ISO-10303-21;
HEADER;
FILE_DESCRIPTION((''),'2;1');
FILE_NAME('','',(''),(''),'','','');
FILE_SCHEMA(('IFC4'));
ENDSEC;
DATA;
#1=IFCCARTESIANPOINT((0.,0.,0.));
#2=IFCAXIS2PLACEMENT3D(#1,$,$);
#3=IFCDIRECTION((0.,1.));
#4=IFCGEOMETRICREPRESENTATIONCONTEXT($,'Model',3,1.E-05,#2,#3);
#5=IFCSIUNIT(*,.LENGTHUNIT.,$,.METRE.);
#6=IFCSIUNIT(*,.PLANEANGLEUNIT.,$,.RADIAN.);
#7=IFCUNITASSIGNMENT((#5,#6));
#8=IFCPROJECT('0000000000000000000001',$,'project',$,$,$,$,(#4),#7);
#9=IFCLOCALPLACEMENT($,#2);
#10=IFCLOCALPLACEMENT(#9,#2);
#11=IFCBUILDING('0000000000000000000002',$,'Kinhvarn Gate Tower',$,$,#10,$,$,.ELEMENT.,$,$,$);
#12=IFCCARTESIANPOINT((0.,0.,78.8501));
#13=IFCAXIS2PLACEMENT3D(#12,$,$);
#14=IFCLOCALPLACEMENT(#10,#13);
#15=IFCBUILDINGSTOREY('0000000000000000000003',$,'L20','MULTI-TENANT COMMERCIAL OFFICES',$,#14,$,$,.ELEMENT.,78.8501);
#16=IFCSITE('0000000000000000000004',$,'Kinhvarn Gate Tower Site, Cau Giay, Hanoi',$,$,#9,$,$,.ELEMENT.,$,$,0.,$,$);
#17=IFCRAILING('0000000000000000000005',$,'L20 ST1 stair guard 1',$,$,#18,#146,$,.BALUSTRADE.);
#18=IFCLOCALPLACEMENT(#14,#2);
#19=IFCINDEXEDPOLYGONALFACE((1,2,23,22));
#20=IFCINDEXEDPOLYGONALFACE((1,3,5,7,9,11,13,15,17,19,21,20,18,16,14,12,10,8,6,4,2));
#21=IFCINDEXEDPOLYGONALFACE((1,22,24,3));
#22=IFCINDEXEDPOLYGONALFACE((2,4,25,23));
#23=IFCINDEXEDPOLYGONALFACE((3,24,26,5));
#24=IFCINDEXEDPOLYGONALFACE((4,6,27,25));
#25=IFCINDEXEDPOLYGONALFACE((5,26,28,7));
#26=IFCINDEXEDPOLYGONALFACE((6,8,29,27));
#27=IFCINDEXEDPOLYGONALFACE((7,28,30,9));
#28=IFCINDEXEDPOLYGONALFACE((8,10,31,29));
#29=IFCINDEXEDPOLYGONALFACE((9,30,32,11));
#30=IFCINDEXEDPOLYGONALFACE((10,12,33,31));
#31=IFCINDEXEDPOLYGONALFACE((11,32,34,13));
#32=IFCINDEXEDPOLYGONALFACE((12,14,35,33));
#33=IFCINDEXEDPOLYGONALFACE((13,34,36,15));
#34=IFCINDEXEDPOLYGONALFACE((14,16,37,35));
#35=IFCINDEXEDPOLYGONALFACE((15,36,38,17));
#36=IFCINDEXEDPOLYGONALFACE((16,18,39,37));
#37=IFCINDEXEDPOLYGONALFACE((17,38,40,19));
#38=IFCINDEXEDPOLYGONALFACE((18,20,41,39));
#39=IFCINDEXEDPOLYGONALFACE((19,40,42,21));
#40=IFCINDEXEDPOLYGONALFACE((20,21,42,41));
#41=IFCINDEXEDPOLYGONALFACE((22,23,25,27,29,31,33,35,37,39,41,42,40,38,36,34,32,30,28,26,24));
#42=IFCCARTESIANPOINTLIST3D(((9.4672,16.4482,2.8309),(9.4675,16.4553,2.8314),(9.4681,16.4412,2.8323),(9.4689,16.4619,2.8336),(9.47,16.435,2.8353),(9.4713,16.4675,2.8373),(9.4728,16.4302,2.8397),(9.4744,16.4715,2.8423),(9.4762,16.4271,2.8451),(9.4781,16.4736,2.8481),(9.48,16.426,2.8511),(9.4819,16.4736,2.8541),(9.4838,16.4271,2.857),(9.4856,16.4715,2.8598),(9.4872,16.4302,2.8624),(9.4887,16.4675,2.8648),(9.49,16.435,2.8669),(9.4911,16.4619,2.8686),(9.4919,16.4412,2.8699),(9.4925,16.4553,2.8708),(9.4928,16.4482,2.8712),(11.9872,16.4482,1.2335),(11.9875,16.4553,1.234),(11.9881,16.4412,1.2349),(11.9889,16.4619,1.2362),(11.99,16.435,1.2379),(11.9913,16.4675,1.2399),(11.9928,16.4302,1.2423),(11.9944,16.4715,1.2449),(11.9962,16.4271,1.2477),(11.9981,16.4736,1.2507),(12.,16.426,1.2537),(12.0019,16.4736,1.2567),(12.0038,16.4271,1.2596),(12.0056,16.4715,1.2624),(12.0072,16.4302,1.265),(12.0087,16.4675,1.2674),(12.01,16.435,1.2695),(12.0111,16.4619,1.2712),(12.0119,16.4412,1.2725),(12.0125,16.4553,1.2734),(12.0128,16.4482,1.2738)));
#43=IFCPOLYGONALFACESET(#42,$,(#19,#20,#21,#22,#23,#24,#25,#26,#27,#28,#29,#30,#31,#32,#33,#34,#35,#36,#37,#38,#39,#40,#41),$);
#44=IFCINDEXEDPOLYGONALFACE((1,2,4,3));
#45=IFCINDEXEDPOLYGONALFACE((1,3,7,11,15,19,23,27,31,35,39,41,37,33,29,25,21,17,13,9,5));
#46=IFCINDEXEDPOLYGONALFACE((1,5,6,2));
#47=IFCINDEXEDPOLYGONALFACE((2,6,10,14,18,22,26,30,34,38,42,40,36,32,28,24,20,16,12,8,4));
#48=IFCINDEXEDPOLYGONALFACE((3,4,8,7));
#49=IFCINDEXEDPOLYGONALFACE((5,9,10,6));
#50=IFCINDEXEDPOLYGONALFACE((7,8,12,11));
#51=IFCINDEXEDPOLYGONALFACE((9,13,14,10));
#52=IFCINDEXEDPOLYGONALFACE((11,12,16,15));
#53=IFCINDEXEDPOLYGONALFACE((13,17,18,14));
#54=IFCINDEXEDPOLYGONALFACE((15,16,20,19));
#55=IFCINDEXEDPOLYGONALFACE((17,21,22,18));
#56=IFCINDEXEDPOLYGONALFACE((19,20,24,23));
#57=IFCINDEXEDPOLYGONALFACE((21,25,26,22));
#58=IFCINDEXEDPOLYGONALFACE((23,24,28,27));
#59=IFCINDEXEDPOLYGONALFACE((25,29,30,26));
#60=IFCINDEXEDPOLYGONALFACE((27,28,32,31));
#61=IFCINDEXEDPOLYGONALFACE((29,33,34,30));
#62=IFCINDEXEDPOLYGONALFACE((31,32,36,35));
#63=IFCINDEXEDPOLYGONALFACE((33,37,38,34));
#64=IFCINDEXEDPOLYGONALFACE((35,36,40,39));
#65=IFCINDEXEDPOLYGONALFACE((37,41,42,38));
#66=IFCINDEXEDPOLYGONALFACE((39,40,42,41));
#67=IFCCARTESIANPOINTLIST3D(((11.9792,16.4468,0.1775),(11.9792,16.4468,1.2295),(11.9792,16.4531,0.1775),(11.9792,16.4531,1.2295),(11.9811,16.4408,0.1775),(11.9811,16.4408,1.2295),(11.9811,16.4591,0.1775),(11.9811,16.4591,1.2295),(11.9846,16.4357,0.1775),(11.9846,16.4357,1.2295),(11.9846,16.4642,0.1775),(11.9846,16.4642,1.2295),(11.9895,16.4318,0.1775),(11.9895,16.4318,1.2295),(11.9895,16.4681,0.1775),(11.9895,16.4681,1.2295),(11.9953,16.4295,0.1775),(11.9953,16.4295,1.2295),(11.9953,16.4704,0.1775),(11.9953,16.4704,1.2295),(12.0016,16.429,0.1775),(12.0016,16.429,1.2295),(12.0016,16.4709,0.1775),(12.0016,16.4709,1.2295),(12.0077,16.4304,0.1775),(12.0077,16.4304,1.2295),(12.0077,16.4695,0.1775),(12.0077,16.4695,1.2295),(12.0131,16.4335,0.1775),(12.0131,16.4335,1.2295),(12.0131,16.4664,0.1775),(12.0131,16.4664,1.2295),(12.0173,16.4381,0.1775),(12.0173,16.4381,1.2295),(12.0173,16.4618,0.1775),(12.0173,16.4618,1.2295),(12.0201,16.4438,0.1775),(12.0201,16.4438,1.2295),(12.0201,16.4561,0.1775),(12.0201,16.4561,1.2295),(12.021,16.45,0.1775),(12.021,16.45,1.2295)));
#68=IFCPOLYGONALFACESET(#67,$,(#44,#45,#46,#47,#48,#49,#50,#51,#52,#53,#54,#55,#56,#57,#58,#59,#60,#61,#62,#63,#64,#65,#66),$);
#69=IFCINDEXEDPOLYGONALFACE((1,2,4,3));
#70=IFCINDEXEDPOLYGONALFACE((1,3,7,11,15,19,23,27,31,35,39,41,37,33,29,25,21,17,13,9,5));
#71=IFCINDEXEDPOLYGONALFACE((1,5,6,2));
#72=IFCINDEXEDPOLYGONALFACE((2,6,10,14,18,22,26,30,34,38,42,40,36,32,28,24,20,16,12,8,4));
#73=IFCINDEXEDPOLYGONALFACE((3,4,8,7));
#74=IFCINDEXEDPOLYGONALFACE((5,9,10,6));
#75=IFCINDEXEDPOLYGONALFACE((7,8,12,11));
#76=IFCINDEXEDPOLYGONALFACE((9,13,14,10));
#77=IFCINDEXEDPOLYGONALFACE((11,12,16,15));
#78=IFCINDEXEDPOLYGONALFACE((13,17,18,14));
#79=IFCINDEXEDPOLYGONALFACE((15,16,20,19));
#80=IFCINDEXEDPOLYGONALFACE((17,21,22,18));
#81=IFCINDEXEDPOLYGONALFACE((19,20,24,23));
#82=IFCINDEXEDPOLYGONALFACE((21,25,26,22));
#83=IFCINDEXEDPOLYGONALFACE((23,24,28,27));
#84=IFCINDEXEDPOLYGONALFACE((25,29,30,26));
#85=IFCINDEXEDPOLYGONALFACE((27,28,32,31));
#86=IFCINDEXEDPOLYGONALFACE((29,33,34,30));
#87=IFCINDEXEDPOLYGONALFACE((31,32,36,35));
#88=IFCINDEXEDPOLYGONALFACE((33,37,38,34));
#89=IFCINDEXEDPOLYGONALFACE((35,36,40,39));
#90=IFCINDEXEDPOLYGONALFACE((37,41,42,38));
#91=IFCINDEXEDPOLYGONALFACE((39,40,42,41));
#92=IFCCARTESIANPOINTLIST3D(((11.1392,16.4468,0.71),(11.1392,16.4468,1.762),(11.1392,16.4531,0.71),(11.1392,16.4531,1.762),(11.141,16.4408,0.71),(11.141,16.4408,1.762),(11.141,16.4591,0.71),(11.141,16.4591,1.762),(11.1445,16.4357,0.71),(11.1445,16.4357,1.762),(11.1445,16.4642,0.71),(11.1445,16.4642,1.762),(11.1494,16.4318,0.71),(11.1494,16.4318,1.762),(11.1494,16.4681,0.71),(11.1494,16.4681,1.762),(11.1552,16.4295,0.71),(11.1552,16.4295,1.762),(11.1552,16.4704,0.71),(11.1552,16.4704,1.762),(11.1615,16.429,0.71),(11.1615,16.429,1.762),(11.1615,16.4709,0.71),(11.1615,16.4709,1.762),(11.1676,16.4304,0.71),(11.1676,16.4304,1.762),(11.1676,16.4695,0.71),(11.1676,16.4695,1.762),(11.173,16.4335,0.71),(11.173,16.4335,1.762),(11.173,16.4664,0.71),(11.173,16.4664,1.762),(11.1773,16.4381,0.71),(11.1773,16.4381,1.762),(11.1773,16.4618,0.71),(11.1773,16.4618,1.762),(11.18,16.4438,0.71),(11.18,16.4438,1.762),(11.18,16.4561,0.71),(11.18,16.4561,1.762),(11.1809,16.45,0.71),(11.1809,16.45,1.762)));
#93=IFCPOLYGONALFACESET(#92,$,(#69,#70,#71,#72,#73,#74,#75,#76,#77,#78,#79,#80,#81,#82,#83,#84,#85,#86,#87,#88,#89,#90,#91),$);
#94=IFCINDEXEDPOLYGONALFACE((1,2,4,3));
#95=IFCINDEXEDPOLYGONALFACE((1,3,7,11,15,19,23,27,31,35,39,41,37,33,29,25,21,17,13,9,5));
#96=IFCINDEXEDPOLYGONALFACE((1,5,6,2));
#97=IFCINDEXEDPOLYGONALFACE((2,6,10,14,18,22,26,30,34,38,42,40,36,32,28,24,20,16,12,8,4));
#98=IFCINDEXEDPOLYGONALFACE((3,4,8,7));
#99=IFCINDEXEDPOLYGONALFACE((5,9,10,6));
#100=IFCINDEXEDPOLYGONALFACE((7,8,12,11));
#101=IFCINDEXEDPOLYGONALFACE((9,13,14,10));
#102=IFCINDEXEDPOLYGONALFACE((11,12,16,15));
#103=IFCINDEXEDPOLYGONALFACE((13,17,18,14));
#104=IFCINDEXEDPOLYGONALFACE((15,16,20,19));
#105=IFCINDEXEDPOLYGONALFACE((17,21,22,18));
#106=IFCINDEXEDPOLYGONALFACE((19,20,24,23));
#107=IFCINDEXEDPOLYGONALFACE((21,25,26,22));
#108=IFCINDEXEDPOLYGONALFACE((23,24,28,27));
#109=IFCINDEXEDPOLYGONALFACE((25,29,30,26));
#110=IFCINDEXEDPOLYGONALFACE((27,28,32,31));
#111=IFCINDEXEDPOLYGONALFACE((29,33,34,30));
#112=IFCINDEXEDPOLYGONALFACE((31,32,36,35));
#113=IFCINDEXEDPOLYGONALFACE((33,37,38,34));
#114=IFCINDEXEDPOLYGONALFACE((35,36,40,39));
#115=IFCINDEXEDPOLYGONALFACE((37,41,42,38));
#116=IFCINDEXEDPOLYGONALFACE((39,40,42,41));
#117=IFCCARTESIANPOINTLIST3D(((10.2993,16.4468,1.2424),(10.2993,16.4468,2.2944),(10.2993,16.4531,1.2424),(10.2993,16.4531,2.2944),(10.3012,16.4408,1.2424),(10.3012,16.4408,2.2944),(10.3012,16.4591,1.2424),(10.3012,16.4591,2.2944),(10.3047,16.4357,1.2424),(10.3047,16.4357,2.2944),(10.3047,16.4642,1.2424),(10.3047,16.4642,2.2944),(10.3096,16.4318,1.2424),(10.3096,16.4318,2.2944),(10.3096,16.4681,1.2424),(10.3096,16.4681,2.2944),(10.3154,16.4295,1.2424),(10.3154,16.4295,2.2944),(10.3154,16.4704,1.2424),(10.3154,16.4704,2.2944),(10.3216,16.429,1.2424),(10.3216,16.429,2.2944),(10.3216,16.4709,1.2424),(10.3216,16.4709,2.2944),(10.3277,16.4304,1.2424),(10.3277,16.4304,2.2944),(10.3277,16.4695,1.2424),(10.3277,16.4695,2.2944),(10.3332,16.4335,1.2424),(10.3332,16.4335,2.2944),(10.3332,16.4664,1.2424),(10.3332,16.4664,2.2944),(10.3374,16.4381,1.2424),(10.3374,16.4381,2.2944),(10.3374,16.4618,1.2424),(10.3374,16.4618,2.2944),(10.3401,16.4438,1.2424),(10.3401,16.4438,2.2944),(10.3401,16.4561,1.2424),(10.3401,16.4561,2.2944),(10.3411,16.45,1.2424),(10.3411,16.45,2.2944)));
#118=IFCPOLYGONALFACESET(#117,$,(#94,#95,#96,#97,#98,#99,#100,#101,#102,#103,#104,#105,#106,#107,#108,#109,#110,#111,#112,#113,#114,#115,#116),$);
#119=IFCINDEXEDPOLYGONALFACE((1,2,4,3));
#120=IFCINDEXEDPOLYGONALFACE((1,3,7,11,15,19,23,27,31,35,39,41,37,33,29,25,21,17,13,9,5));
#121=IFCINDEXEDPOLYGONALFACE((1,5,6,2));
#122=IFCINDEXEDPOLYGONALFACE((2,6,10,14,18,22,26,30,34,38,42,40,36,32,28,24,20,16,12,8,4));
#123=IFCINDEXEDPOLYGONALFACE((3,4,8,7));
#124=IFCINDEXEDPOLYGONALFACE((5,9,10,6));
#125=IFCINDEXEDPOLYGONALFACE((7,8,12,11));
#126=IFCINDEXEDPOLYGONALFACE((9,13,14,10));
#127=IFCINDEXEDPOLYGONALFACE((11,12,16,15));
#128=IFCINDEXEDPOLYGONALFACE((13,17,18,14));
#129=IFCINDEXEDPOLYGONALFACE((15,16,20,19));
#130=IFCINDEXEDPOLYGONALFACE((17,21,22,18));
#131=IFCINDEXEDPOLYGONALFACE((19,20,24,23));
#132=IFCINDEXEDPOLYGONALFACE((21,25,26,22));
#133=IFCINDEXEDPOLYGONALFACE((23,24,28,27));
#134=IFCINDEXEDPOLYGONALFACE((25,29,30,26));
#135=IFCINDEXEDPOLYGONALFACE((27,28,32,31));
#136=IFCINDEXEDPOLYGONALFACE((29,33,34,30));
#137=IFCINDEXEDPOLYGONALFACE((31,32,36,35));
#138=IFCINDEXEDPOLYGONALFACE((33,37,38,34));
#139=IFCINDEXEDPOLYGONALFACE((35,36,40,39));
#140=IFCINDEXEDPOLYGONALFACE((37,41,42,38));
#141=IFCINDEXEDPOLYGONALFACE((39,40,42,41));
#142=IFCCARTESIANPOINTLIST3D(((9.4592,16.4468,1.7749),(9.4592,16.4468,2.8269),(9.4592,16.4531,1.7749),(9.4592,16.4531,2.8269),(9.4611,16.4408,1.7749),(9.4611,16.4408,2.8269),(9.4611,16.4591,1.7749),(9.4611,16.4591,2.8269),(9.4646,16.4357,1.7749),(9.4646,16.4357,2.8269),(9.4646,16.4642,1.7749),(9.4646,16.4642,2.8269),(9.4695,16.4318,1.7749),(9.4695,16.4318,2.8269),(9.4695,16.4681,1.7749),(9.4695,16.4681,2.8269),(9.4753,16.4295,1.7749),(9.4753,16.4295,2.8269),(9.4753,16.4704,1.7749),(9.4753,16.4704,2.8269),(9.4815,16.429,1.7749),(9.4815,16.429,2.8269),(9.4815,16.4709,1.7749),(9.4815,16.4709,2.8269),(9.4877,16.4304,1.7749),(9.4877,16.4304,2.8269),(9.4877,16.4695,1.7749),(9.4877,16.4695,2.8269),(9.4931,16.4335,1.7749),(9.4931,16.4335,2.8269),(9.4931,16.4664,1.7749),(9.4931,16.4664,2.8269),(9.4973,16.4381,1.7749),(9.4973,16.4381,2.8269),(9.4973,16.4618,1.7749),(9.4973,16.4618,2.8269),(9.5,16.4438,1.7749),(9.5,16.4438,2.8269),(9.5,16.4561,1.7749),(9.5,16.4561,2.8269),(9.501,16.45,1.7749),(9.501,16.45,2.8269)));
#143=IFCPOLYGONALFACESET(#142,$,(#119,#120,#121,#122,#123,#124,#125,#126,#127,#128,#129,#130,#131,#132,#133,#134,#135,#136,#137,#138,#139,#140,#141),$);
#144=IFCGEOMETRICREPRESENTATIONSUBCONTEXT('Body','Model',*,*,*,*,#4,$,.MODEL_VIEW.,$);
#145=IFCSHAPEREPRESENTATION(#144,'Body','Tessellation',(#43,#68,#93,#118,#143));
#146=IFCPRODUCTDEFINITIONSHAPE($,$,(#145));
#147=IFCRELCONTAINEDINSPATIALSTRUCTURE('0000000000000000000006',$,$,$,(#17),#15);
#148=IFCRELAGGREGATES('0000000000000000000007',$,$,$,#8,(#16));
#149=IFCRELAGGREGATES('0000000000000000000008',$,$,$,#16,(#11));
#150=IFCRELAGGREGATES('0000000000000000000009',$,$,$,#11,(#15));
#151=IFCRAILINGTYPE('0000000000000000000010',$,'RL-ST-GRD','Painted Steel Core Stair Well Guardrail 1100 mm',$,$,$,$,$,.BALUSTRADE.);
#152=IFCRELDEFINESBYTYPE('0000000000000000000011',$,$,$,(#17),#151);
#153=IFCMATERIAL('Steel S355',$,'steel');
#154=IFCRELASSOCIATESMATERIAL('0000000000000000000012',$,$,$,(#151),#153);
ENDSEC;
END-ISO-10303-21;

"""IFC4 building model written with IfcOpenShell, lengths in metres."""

from ifc_helpers import new_model, si_unit, direction, frame, origin, origin_2d, place, context, subcontext, project, spatial, circle, extrude, material, type_object, element, save


model = new_model("IFC4")

# Units and contexts
model_context = context("Model", 3, precision=1e-05, world=origin(), true_north=direction((0.0, 1.0)))
body_context = subcontext(model_context, "Body", "Model", "MODEL_VIEW")
ifc_project = project(units=[si_unit("LENGTHUNIT", "METRE"), si_unit("PLANEANGLEUNIT", "RADIAN")], contexts=[model_context])

# Site, building, storey
site_placement = place(None, origin())
site = spatial("IfcSite", under=ifc_project, at=site_placement, Name="Kinhvarn Gate Tower Site, Cau Giay, Hanoi", CompositionType="ELEMENT", RefElevation=0.0)
building_placement = place(site_placement, origin())
building = spatial("IfcBuilding", under=site, at=building_placement, Name="Kinhvarn Gate Tower", CompositionType="ELEMENT")
storey_placement = place(building_placement, frame((0.0, 0.0, 78.8501)))
storey = spatial("IfcBuildingStorey", under=building, at=storey_placement, Name="L20", Description="MULTI-TENANT COMMERCIAL OFFICES", CompositionType="ELEMENT", Elevation=78.8501)

# Shared definitions
ifc_material_1 = material(Name="Steel S355", Category="steel")

# Railing
railing_type_1 = type_object("IfcRailingType", Name="RL-ST-GRD", Description="Painted Steel Core Stair Well Guardrail 1100 mm", PredefinedType="BALUSTRADE", material=ifc_material_1)
railing_1_placement = place(storey_placement, frame((12.0, 16.45, 0.1775)))
element("IfcRailing", 1, at=railing_1_placement, inside=storey, type_object=railing_type_1, Name="L20 ST1 stair guard 1", PredefinedType="BALUSTRADE", context=body_context, shape_type="SweptSolid", body=[
    extrude(circle(Radius=0.0239, at=origin_2d()), frame((0.0, 0.0, 1.0762), z_axis=(-0.844607, 0.0, 0.535387), x_axis=(0.0, -1.0, 0.0)), (0.0, 0.0, 1.0), 2.9836),
    extrude(circle(Radius=0.021, at=origin_2d()), origin(), (0.0, 0.0, 1.0), 1.052),
    extrude(circle(Radius=0.021, at=origin_2d()), frame((-0.8401, 0.0, 0.5325)), (0.0, 0.0, 1.0), 1.052),
    extrude(circle(Radius=0.021, at=origin_2d()), frame((-1.6799, 0.0, 1.0649)), (0.0, 0.0, 1.0), 1.052),
    extrude(circle(Radius=0.021, at=origin_2d()), frame((-2.52, 0.0, 1.5974)), (0.0, 0.0, 1.0), 1.052),
])

save(model, "model.ifc")
